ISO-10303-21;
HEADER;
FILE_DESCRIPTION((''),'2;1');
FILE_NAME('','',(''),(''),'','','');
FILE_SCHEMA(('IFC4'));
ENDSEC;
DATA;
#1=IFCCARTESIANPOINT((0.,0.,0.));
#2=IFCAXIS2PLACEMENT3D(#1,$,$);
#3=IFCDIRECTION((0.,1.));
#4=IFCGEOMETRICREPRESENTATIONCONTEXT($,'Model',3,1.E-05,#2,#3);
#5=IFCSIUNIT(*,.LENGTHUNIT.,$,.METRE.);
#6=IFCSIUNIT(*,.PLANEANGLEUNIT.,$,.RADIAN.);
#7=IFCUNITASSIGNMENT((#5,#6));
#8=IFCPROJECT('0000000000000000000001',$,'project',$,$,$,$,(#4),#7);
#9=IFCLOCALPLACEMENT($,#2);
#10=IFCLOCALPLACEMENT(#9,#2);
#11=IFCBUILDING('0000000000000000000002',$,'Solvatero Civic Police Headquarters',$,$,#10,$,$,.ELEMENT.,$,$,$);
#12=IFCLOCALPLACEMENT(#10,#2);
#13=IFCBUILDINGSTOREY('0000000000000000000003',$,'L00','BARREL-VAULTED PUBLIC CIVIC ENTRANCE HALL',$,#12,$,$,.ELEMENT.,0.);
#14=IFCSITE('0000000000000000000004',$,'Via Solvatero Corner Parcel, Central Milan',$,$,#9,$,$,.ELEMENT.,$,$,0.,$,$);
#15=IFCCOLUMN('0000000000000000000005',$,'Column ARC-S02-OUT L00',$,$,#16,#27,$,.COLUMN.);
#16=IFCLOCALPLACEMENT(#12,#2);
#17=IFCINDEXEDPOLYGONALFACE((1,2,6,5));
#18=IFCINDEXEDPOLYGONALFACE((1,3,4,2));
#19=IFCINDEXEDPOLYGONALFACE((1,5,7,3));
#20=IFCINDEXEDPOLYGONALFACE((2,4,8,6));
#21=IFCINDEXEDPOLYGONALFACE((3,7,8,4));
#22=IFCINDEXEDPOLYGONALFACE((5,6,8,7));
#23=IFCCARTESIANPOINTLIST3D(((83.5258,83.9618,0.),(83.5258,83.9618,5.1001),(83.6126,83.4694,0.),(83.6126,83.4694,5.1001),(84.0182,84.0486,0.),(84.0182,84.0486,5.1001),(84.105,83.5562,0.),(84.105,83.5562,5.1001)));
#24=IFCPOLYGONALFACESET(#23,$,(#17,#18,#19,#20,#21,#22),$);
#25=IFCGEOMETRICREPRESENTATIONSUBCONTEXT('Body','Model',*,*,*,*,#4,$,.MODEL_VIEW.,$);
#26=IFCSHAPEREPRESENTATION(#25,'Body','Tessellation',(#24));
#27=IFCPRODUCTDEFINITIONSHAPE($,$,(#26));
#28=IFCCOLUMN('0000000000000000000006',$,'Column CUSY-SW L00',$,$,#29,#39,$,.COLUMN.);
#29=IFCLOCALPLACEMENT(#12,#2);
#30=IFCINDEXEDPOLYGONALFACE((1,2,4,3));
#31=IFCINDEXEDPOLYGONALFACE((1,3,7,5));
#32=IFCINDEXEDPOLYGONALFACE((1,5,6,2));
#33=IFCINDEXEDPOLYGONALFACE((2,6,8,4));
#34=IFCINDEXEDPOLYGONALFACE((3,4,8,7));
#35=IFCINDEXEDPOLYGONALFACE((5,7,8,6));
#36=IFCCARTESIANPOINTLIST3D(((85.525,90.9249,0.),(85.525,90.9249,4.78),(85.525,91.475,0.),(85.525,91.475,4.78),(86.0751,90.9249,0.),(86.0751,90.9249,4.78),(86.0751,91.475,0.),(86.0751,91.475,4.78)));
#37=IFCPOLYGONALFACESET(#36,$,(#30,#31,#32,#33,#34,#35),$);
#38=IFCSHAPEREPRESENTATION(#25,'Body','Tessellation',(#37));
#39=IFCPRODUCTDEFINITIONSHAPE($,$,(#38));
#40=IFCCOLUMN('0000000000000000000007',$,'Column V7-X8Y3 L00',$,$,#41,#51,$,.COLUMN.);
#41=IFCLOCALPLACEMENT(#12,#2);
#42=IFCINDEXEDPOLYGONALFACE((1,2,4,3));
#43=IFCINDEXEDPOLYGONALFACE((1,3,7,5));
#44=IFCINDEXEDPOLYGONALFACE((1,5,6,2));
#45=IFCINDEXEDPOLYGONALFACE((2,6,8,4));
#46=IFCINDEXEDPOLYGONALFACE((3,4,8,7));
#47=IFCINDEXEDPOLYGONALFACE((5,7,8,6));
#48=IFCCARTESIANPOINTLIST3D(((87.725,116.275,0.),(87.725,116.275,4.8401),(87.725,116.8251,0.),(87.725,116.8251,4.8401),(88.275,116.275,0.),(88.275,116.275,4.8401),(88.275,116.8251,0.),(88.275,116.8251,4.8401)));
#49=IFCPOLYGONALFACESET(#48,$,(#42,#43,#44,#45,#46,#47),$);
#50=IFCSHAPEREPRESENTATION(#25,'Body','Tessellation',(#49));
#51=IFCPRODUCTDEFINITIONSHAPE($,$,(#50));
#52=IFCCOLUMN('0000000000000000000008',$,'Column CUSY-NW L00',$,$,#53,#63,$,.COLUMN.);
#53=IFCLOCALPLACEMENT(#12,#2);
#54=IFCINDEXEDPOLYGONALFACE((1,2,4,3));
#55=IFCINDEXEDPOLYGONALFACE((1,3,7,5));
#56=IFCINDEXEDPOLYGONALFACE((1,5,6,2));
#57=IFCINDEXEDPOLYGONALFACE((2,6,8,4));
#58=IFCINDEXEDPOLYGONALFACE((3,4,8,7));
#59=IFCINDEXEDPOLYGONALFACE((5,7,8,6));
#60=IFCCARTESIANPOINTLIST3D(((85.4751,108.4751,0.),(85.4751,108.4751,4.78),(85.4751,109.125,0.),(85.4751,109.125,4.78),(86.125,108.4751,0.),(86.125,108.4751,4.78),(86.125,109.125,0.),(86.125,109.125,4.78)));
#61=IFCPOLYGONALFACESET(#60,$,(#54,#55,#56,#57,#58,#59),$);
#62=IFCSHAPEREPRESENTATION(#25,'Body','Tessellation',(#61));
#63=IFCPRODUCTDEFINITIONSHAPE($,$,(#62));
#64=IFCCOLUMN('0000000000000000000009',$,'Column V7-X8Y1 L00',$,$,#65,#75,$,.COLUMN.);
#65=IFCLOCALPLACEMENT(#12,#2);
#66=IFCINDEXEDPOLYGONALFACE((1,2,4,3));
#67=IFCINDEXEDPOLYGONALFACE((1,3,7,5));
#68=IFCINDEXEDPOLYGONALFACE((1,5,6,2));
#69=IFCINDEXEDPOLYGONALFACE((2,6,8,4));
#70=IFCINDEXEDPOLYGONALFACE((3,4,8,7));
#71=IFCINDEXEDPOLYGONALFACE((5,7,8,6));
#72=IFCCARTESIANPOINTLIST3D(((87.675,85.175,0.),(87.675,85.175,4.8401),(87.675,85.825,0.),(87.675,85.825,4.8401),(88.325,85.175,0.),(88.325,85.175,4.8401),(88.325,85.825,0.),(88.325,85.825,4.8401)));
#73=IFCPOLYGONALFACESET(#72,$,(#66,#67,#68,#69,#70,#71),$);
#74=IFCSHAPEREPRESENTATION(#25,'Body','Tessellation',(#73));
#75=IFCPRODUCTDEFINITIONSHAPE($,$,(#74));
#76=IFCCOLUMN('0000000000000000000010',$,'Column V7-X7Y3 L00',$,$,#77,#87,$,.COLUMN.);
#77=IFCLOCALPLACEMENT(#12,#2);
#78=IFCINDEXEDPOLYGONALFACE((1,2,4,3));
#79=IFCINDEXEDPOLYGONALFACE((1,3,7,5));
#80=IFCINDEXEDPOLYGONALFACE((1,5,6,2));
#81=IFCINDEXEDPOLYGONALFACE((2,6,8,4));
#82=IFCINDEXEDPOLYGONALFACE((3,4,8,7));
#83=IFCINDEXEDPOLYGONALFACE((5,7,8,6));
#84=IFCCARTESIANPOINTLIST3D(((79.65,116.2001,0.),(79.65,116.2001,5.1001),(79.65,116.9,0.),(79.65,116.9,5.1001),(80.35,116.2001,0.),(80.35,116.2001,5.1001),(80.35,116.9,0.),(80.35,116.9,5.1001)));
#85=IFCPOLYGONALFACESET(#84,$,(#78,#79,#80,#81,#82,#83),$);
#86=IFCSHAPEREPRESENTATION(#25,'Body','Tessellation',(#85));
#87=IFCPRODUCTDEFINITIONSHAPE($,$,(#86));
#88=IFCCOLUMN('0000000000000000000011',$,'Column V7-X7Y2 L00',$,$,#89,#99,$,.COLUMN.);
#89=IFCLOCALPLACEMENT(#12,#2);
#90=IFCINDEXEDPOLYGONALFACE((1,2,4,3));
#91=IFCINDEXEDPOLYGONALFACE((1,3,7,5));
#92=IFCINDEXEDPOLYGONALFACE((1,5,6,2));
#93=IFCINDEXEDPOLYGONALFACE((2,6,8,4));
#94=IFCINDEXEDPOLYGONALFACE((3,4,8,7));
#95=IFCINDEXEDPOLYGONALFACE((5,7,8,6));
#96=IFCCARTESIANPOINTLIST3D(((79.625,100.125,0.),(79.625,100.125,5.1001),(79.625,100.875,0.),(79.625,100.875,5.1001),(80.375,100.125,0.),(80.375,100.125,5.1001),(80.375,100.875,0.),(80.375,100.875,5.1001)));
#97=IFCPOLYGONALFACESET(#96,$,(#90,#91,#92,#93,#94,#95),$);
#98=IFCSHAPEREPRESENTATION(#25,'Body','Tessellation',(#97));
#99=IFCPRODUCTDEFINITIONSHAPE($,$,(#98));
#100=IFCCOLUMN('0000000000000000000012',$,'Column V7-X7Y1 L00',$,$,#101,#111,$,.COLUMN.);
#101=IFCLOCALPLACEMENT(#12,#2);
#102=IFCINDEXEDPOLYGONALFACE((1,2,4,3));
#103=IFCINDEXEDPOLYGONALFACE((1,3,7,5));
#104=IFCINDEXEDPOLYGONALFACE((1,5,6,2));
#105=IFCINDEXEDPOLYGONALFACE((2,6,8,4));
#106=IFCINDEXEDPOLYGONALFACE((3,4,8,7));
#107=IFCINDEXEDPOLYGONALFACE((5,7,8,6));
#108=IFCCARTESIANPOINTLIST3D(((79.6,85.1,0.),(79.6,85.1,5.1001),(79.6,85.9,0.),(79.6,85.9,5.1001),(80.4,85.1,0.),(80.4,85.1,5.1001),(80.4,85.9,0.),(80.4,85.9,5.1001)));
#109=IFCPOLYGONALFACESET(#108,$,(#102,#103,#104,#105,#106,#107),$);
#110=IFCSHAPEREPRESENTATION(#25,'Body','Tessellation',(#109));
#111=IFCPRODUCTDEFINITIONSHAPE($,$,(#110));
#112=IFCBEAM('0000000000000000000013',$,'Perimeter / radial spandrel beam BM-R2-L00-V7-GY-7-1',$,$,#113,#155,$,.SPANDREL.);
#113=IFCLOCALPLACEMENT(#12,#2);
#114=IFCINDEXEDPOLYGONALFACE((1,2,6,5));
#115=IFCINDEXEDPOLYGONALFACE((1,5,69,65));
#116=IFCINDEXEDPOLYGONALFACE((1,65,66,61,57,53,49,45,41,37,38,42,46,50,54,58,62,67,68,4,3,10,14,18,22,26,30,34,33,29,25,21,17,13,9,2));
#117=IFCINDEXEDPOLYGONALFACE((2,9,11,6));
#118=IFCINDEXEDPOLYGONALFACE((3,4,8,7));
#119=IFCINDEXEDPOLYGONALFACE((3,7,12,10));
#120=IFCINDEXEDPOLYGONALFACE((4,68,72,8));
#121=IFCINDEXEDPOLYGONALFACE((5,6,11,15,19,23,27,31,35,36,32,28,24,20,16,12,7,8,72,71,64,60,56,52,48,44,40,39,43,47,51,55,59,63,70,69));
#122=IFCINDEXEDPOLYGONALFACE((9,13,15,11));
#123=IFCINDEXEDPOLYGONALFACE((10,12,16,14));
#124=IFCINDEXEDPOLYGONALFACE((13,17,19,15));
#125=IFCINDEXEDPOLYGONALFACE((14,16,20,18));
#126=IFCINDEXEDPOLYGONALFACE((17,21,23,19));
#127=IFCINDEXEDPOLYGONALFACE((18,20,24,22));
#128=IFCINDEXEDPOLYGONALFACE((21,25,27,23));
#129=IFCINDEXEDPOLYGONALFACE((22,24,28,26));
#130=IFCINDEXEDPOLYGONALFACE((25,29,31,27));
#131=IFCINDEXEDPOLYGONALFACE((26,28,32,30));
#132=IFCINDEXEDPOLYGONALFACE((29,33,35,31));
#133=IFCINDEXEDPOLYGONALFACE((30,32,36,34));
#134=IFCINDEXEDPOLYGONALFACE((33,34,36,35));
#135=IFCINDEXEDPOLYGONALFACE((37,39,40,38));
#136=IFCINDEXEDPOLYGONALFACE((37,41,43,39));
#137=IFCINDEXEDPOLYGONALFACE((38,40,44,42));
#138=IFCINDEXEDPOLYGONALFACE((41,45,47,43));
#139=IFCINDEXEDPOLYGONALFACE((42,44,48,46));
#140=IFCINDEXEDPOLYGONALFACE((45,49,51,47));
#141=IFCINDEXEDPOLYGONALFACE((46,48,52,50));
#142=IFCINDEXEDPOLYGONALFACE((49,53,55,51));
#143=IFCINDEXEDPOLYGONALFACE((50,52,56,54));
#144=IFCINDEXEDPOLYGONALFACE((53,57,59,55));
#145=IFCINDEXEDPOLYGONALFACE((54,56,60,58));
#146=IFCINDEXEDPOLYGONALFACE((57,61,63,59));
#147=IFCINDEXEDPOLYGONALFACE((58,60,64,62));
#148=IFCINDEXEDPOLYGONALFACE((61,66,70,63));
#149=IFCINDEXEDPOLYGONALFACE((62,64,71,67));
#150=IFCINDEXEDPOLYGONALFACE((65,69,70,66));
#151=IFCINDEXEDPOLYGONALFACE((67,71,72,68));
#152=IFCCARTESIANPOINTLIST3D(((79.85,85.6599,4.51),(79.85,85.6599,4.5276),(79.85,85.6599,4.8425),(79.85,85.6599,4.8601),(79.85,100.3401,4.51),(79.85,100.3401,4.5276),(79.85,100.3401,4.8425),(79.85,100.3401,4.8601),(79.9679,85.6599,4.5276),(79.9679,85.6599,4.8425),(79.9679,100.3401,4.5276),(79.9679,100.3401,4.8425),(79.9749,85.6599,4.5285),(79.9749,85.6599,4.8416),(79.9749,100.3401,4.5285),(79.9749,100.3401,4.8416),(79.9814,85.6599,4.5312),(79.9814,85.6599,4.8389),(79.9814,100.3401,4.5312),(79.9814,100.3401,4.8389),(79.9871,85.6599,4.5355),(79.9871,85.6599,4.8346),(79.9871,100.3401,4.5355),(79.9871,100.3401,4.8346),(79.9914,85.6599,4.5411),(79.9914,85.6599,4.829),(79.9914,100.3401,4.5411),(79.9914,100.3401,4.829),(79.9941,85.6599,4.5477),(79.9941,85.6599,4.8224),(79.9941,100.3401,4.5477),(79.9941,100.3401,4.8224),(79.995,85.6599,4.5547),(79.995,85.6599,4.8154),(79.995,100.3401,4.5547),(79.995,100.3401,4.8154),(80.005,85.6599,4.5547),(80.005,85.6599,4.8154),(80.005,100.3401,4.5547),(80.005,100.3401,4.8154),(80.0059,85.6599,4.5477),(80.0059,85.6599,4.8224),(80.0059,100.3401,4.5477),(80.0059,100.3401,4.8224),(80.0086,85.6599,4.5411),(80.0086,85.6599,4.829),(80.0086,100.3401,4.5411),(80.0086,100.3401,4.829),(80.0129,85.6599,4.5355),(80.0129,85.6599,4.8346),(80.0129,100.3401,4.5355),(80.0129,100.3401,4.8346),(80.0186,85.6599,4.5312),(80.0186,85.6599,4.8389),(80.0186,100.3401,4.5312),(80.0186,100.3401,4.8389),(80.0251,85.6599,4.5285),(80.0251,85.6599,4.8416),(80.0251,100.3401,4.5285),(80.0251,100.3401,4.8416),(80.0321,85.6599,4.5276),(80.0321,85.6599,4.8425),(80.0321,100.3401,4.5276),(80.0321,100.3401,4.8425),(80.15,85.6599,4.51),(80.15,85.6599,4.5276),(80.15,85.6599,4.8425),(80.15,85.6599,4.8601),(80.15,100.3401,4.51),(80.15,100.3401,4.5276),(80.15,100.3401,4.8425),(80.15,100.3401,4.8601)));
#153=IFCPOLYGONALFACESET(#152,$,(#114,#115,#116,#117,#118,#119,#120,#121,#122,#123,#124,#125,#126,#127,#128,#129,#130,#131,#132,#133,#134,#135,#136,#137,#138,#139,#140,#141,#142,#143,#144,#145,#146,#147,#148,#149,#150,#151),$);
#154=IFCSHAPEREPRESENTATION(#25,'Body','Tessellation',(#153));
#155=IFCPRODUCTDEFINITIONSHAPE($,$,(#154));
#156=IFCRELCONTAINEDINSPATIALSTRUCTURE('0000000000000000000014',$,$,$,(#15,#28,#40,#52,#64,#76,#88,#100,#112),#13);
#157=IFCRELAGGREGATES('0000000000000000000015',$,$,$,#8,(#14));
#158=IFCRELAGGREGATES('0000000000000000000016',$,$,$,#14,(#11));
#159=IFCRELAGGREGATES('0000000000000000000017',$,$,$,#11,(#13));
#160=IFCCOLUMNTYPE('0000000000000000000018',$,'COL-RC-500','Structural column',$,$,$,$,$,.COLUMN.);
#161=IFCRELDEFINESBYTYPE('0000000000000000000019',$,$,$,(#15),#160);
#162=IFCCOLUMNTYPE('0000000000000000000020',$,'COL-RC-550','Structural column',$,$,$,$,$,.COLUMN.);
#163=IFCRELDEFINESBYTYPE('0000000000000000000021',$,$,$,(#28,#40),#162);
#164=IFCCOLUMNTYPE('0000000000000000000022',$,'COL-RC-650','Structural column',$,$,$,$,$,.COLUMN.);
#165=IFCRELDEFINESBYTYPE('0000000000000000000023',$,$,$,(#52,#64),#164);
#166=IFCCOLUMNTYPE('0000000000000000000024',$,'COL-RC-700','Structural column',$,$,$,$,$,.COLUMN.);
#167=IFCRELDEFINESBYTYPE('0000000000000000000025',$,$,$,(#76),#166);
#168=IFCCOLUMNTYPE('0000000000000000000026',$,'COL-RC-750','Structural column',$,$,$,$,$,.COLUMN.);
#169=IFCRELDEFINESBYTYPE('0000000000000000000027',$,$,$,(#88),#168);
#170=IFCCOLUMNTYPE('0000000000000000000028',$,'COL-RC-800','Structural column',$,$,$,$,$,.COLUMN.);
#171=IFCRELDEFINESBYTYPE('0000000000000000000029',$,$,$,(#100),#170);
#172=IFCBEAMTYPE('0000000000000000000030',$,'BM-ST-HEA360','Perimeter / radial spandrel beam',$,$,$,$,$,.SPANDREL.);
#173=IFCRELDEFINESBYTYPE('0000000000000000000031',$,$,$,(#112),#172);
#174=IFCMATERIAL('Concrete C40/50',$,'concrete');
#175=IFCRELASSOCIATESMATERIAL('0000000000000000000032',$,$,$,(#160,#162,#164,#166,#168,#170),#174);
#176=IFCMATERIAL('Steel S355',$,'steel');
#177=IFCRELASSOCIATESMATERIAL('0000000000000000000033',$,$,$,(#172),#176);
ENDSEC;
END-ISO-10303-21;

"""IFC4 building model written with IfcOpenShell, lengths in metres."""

from ifc_helpers import new_model, si_unit, direction, frame, origin, origin_2d, place, context, subcontext, project, spatial, rectangle, i_section, extrude, material, material_profile, profile_set, type_object, element, save


model = new_model("IFC4")

# Units and contexts
model_context = context("Model", 3, precision=1e-05, world=origin(), true_north=direction((0.0, 1.0)))
body_context = subcontext(model_context, "Body", "Model", "MODEL_VIEW")
ifc_project = project(units=[si_unit("LENGTHUNIT", "METRE"), si_unit("PLANEANGLEUNIT", "RADIAN")], contexts=[model_context])

# Site, building, storey
site_placement = place(None, origin())
site = spatial("IfcSite", under=ifc_project, at=site_placement, Name="Via Solvatero Corner Parcel, Central Milan", CompositionType="ELEMENT", RefElevation=0.0)
building_placement = place(site_placement, origin())
building = spatial("IfcBuilding", under=site, at=building_placement, Name="Solvatero Civic Police Headquarters", CompositionType="ELEMENT")
storey_placement = place(building_placement, origin())
storey = spatial("IfcBuildingStorey", under=building, at=storey_placement, Name="L00", Description="BARREL-VAULTED PUBLIC CIVIC ENTRANCE HALL", CompositionType="ELEMENT", Elevation=0.0)

# Columns
ifc_material_1 = material(Name="Concrete C40/50", Category="concrete")
ifc_material_profile_1 = material_profile(ifc_material_1, rectangle(XDim=0.5, YDim=0.5, at=origin_2d()), Name="RC 500x500")
ifc_profile_set_1 = profile_set([ifc_material_profile_1], Name="Concrete C40/50")
column_type_1 = type_object("IfcColumnType", Name="COL-RC-500", Description="Structural column", PredefinedType="COLUMN", material=ifc_profile_set_1)
column_1_placement = place(storey_placement, frame((83.8154, 83.759, 0.0), z_axis=(0.0, 0.0, 1.0), x_axis=(0.984808, 0.173648, 0.0)))
element("IfcColumn", 1, at=column_1_placement, inside=storey, type_object=column_type_1, Name="Column ARC-S02-OUT L00", PredefinedType="COLUMN", context=body_context, shape_type="SweptSolid", body=[
    extrude(rectangle(XDim=0.5, YDim=0.5, at=origin_2d()), origin(), (0.0, 0.0, 1.0), 5.1001),
])
ifc_material_profile_2 = material_profile(ifc_material_1, rectangle(XDim=0.55, YDim=0.55, at=origin_2d()), Name="RC 550x550")
ifc_profile_set_2 = profile_set([ifc_material_profile_2], Name="Concrete C40/50")
column_type_2 = type_object("IfcColumnType", Name="COL-RC-550", Description="Structural column", PredefinedType="COLUMN", material=ifc_profile_set_2)
column_2_placement = place(storey_placement, frame((85.8, 91.2, 0.0), z_axis=(0.0, 0.0, 1.0), x_axis=(1.0, 0.0, 0.0)))
element("IfcColumn", 2, at=column_2_placement, inside=storey, type_object=column_type_2, Name="Column CUSY-SW L00", PredefinedType="COLUMN", context=body_context, shape_type="SweptSolid", body=[
    extrude(rectangle(XDim=0.55, YDim=0.55, at=origin_2d()), origin(), (0.0, 0.0, 1.0), 4.78),
])
column_3_placement = place(storey_placement, frame((88.0, 116.55, 0.0), z_axis=(0.0, 0.0, 1.0), x_axis=(1.0, 0.0, 0.0)))
element("IfcColumn", 3, at=column_3_placement, inside=storey, type_object=column_type_2, Name="Column V7-X8Y3 L00", PredefinedType="COLUMN", context=body_context, shape_type="SweptSolid", body=[
    extrude(rectangle(XDim=0.55, YDim=0.55, at=origin_2d()), origin(), (0.0, 0.0, 1.0), 4.8401),
])
ifc_material_profile_3 = material_profile(ifc_material_1, rectangle(XDim=0.6499, YDim=0.6499, at=origin_2d()), Name="RC 650x650")
ifc_profile_set_3 = profile_set([ifc_material_profile_3], Name="Concrete C40/50")
column_type_3 = type_object("IfcColumnType", Name="COL-RC-650", Description="Structural column", PredefinedType="COLUMN", material=ifc_profile_set_3)
column_4_placement = place(storey_placement, frame((85.8, 108.8, 0.0), z_axis=(0.0, 0.0, 1.0), x_axis=(1.0, 0.0, 0.0)))
element("IfcColumn", 4, at=column_4_placement, inside=storey, type_object=column_type_3, Name="Column CUSY-NW L00", PredefinedType="COLUMN", context=body_context, shape_type="SweptSolid", body=[
    extrude(rectangle(XDim=0.6499, YDim=0.6499, at=origin_2d()), origin(), (0.0, 0.0, 1.0), 4.78),
])
column_5_placement = place(storey_placement, frame((88.0, 85.5, 0.0), z_axis=(0.0, 0.0, 1.0), x_axis=(1.0, 0.0, 0.0)))
element("IfcColumn", 5, at=column_5_placement, inside=storey, type_object=column_type_3, Name="Column V7-X8Y1 L00", PredefinedType="COLUMN", context=body_context, shape_type="SweptSolid", body=[
    extrude(rectangle(XDim=0.6499, YDim=0.6499, at=origin_2d()), origin(), (0.0, 0.0, 1.0), 4.8401),
])
ifc_material_profile_4 = material_profile(ifc_material_1, rectangle(XDim=0.7, YDim=0.7, at=origin_2d()), Name="RC 700x700")
ifc_profile_set_4 = profile_set([ifc_material_profile_4], Name="Concrete C40/50")
column_type_4 = type_object("IfcColumnType", Name="COL-RC-700", Description="Structural column", PredefinedType="COLUMN", material=ifc_profile_set_4)
column_6_placement = place(storey_placement, frame((80.0, 116.55, 0.0), z_axis=(0.0, 0.0, 1.0), x_axis=(1.0, 0.0, 0.0)))
element("IfcColumn", 6, at=column_6_placement, inside=storey, type_object=column_type_4, Name="Column V7-X7Y3 L00", PredefinedType="COLUMN", context=body_context, shape_type="SweptSolid", body=[
    extrude(rectangle(XDim=0.7, YDim=0.7, at=origin_2d()), origin(), (0.0, 0.0, 1.0), 5.1001),
])
ifc_material_profile_5 = material_profile(ifc_material_1, rectangle(XDim=0.75, YDim=0.75, at=origin_2d()), Name="RC 750x750")
ifc_profile_set_5 = profile_set([ifc_material_profile_5], Name="Concrete C40/50")
column_type_5 = type_object("IfcColumnType", Name="COL-RC-750", Description="Structural column", PredefinedType="COLUMN", material=ifc_profile_set_5)
column_7_placement = place(storey_placement, frame((80.0, 100.5, 0.0), z_axis=(0.0, 0.0, 1.0), x_axis=(1.0, 0.0, 0.0)))
element("IfcColumn", 7, at=column_7_placement, inside=storey, type_object=column_type_5, Name="Column V7-X7Y2 L00", PredefinedType="COLUMN", context=body_context, shape_type="SweptSolid", body=[
    extrude(rectangle(XDim=0.75, YDim=0.75, at=origin_2d()), origin(), (0.0, 0.0, 1.0), 5.1001),
])
ifc_material_profile_6 = material_profile(ifc_material_1, rectangle(XDim=0.8, YDim=0.8, at=origin_2d()), Name="RC 800x800")
ifc_profile_set_6 = profile_set([ifc_material_profile_6], Name="Concrete C40/50")
column_type_6 = type_object("IfcColumnType", Name="COL-RC-800", Description="Structural column", PredefinedType="COLUMN", material=ifc_profile_set_6)
column_8_placement = place(storey_placement, frame((80.0, 85.5, 0.0), z_axis=(0.0, 0.0, 1.0), x_axis=(1.0, 0.0, 0.0)))
element("IfcColumn", 8, at=column_8_placement, inside=storey, type_object=column_type_6, Name="Column V7-X7Y1 L00", PredefinedType="COLUMN", context=body_context, shape_type="SweptSolid", body=[
    extrude(rectangle(XDim=0.8, YDim=0.8, at=origin_2d()), origin(), (0.0, 0.0, 1.0), 5.1001),
])

# Beam
ifc_material_2 = material(Name="Steel S355", Category="steel")
ifc_material_profile_7 = material_profile(ifc_material_2, i_section(OverallWidth=0.3, OverallDepth=0.3501, WebThickness=0.01, FlangeThickness=0.0176, FilletRadius=0.0271, at=origin_2d()), Name="HEA 360")
ifc_profile_set_7 = profile_set([ifc_material_profile_7], Name="Steel S355")
beam_type_1 = type_object("IfcBeamType", Name="BM-ST-HEA360", Description="Perimeter / radial spandrel beam", PredefinedType="SPANDREL", material=ifc_profile_set_7)
beam_1_placement = place(storey_placement, frame((80.0, 85.6599, 4.6851), z_axis=(0.0, 1.0, 0.0), x_axis=(-1.0, 0.0, 0.0)))
element("IfcBeam", 9, at=beam_1_placement, inside=storey, type_object=beam_type_1, Name="Perimeter / radial spandrel beam BM-R2-L00-V7-GY-7-1", PredefinedType="SPANDREL", context=body_context, shape_type="SweptSolid", body=[
    extrude(i_section(OverallWidth=0.3, OverallDepth=0.3501, WebThickness=0.01, FlangeThickness=0.0176, FilletRadius=0.0271, at=origin_2d()), origin(), (0.0, 0.0, 1.0), 14.6802),
])

save(model, "model.ifc")
